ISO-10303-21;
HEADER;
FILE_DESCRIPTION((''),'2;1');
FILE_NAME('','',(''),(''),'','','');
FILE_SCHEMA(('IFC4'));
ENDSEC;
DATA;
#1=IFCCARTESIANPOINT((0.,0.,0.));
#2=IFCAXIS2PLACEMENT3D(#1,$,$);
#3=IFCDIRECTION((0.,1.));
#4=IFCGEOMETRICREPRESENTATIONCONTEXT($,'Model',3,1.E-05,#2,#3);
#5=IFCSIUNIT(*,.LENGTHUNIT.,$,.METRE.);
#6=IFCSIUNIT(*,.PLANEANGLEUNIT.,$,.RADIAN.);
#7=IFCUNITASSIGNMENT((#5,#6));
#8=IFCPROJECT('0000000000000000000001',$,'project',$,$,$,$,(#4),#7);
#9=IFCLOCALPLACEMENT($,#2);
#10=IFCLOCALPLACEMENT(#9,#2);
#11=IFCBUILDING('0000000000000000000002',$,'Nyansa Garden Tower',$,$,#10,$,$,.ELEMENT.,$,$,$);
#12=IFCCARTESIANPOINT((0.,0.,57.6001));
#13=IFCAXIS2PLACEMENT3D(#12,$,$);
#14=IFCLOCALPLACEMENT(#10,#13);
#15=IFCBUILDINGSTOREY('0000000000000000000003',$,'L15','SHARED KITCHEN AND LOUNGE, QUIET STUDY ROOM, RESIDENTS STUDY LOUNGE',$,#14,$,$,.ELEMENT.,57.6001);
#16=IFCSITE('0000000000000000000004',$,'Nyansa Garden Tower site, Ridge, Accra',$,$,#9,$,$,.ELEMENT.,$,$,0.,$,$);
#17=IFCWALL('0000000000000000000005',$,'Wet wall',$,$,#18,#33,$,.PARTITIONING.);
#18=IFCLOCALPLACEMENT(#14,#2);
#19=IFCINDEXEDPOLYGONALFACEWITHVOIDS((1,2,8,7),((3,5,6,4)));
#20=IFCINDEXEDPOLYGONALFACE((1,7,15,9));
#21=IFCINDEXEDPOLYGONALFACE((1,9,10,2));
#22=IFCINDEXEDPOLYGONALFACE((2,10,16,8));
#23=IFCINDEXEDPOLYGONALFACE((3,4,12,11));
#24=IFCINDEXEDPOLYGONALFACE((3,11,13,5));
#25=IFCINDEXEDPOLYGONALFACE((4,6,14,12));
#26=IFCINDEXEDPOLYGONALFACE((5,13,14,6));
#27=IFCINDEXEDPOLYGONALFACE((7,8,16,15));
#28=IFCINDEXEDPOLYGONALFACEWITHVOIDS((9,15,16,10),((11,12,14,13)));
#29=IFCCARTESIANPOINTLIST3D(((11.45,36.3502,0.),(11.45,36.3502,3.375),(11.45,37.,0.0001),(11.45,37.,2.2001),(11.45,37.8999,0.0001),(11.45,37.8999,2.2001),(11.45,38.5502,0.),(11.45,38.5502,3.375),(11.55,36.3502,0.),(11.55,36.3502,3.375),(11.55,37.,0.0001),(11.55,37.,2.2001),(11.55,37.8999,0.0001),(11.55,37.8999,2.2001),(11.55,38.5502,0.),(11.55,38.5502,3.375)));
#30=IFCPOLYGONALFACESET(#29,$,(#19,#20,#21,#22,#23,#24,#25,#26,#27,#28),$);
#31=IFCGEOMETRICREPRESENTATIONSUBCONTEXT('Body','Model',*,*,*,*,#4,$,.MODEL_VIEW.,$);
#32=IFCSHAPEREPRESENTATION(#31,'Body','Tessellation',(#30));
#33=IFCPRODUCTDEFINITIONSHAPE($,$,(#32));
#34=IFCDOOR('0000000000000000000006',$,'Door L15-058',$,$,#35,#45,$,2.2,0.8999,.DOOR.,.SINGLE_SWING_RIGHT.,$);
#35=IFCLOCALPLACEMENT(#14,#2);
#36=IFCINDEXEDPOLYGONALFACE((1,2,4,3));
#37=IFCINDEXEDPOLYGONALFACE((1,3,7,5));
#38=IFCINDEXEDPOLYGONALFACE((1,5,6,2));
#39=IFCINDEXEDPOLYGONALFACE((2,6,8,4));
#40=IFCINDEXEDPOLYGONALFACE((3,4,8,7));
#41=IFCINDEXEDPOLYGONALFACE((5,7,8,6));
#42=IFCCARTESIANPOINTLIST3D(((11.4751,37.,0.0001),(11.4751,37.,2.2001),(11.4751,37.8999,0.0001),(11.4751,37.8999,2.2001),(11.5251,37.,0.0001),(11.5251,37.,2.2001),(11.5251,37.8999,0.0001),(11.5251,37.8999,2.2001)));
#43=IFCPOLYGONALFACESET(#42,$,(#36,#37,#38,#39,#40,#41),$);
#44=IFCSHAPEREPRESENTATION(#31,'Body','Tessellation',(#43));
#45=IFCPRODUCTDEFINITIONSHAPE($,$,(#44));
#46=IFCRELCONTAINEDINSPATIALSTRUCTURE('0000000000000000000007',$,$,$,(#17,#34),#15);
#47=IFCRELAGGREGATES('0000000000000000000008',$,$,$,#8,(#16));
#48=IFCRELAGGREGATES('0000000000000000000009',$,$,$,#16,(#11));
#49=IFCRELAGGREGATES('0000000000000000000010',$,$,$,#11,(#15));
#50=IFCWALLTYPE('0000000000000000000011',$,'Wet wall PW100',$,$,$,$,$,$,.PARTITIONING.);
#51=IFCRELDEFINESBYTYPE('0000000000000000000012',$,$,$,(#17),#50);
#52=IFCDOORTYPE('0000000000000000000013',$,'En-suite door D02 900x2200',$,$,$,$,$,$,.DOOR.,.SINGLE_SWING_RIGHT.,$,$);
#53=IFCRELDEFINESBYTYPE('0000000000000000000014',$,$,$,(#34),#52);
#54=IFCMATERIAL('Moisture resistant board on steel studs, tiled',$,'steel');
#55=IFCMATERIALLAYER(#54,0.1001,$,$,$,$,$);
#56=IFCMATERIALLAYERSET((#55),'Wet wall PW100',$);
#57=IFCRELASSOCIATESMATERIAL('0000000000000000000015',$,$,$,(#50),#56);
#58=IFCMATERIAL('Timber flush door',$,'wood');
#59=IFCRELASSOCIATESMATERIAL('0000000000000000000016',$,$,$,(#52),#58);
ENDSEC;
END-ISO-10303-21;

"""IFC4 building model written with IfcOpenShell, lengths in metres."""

from ifc_helpers import new_model, si_unit, direction, frame, frame_2d, origin, place, context, subcontext, project, spatial, rectangle, extrude, material, layer, layer_set, type_object, element, fill, save


model = new_model("IFC4")

# Units and contexts
model_context = context("Model", 3, precision=1e-05, world=origin(), true_north=direction((0.0, 1.0)))
body_context = subcontext(model_context, "Body", "Model", "MODEL_VIEW")
ifc_project = project(units=[si_unit("LENGTHUNIT", "METRE"), si_unit("PLANEANGLEUNIT", "RADIAN")], contexts=[model_context])

# Site, building, storey
site_placement = place(None, origin())
site = spatial("IfcSite", under=ifc_project, at=site_placement, Name="Nyansa Garden Tower site, Ridge, Accra", CompositionType="ELEMENT", RefElevation=0.0)
building_placement = place(site_placement, origin())
building = spatial("IfcBuilding", under=site, at=building_placement, Name="Nyansa Garden Tower", CompositionType="ELEMENT")
storey_placement = place(building_placement, frame((0.0, 0.0, 57.6001)))
storey = spatial("IfcBuildingStorey", under=building, at=storey_placement, Name="L15", Description="SHARED KITCHEN AND LOUNGE, QUIET STUDY ROOM, RESIDENTS STUDY LOUNGE", CompositionType="ELEMENT", Elevation=57.6001)

# Shared definitions
ifc_material_1 = material(Name="Moisture resistant board on steel studs, tiled", Category="steel")
ifc_layer_1 = layer(ifc_material_1, 0.1001)
ifc_layer_set_1 = layer_set([ifc_layer_1], Name="Wet wall PW100")
wall_type_1 = type_object("IfcWallType", Name="Wet wall PW100", PredefinedType="PARTITIONING", material=ifc_layer_set_1)

# Wall, opening, door
wall_1_placement = place(storey_placement, frame((11.5, 36.3501, 0.0), z_axis=(0.0, 0.0, 1.0), x_axis=(0.0, 1.0, 0.0)))
wall_1 = element("IfcWall", 1, at=wall_1_placement, inside=storey, type_object=wall_type_1, Name="Wet wall", PredefinedType="PARTITIONING", context=body_context, shape_type="SweptSolid", body=[
    extrude(rectangle(XDim=2.2, YDim=0.1001, at=frame_2d((1.1001, 0.0))), origin(), (0.0, 0.0, 1.0), 3.375),
])
opening_1_placement = place(wall_1_placement, frame((0.6499, 0.0, 0.0)))
opening_1 = element("IfcOpeningElement", 2, at=opening_1_placement, cuts=wall_1, PredefinedType="OPENING", context=body_context, shape_type="SweptSolid", body=[
    extrude(rectangle(XDim=0.8999, YDim=2.2, at=frame_2d((0.45, 1.1001))), frame((0.0, 0.0601, 0.0), z_axis=(0.0, -1.0, 0.0), x_axis=(1.0, 0.0, 0.0)), (0.0, 0.0, 1.0), 0.1201),
])
ifc_material_2 = material(Name="Timber flush door", Category="wood")
door_type_1 = type_object("IfcDoorType", Name="En-suite door D02 900x2200", OperationType="SINGLE_SWING_RIGHT", PredefinedType="DOOR", material=ifc_material_2)
door_1_placement = place(opening_1_placement, origin())
door_1 = element("IfcDoor", 3, at=door_1_placement, inside=storey, type_object=door_type_1, Name="Door L15-058", OperationType="SINGLE_SWING_RIGHT", OverallHeight=2.2, OverallWidth=0.8999, PredefinedType="DOOR", context=body_context, shape_type="SweptSolid", body=[
    extrude(rectangle(XDim=0.8999, YDim=2.2, at=frame_2d((0.45, 1.1001))), frame((0.0, 0.0249, 0.0), z_axis=(0.0, -1.0, 0.0), x_axis=(1.0, 0.0, 0.0)), (0.0, 0.0, 1.0), 0.05),
])
fill(opening_1, door_1)

save(model, "model.ifc")
